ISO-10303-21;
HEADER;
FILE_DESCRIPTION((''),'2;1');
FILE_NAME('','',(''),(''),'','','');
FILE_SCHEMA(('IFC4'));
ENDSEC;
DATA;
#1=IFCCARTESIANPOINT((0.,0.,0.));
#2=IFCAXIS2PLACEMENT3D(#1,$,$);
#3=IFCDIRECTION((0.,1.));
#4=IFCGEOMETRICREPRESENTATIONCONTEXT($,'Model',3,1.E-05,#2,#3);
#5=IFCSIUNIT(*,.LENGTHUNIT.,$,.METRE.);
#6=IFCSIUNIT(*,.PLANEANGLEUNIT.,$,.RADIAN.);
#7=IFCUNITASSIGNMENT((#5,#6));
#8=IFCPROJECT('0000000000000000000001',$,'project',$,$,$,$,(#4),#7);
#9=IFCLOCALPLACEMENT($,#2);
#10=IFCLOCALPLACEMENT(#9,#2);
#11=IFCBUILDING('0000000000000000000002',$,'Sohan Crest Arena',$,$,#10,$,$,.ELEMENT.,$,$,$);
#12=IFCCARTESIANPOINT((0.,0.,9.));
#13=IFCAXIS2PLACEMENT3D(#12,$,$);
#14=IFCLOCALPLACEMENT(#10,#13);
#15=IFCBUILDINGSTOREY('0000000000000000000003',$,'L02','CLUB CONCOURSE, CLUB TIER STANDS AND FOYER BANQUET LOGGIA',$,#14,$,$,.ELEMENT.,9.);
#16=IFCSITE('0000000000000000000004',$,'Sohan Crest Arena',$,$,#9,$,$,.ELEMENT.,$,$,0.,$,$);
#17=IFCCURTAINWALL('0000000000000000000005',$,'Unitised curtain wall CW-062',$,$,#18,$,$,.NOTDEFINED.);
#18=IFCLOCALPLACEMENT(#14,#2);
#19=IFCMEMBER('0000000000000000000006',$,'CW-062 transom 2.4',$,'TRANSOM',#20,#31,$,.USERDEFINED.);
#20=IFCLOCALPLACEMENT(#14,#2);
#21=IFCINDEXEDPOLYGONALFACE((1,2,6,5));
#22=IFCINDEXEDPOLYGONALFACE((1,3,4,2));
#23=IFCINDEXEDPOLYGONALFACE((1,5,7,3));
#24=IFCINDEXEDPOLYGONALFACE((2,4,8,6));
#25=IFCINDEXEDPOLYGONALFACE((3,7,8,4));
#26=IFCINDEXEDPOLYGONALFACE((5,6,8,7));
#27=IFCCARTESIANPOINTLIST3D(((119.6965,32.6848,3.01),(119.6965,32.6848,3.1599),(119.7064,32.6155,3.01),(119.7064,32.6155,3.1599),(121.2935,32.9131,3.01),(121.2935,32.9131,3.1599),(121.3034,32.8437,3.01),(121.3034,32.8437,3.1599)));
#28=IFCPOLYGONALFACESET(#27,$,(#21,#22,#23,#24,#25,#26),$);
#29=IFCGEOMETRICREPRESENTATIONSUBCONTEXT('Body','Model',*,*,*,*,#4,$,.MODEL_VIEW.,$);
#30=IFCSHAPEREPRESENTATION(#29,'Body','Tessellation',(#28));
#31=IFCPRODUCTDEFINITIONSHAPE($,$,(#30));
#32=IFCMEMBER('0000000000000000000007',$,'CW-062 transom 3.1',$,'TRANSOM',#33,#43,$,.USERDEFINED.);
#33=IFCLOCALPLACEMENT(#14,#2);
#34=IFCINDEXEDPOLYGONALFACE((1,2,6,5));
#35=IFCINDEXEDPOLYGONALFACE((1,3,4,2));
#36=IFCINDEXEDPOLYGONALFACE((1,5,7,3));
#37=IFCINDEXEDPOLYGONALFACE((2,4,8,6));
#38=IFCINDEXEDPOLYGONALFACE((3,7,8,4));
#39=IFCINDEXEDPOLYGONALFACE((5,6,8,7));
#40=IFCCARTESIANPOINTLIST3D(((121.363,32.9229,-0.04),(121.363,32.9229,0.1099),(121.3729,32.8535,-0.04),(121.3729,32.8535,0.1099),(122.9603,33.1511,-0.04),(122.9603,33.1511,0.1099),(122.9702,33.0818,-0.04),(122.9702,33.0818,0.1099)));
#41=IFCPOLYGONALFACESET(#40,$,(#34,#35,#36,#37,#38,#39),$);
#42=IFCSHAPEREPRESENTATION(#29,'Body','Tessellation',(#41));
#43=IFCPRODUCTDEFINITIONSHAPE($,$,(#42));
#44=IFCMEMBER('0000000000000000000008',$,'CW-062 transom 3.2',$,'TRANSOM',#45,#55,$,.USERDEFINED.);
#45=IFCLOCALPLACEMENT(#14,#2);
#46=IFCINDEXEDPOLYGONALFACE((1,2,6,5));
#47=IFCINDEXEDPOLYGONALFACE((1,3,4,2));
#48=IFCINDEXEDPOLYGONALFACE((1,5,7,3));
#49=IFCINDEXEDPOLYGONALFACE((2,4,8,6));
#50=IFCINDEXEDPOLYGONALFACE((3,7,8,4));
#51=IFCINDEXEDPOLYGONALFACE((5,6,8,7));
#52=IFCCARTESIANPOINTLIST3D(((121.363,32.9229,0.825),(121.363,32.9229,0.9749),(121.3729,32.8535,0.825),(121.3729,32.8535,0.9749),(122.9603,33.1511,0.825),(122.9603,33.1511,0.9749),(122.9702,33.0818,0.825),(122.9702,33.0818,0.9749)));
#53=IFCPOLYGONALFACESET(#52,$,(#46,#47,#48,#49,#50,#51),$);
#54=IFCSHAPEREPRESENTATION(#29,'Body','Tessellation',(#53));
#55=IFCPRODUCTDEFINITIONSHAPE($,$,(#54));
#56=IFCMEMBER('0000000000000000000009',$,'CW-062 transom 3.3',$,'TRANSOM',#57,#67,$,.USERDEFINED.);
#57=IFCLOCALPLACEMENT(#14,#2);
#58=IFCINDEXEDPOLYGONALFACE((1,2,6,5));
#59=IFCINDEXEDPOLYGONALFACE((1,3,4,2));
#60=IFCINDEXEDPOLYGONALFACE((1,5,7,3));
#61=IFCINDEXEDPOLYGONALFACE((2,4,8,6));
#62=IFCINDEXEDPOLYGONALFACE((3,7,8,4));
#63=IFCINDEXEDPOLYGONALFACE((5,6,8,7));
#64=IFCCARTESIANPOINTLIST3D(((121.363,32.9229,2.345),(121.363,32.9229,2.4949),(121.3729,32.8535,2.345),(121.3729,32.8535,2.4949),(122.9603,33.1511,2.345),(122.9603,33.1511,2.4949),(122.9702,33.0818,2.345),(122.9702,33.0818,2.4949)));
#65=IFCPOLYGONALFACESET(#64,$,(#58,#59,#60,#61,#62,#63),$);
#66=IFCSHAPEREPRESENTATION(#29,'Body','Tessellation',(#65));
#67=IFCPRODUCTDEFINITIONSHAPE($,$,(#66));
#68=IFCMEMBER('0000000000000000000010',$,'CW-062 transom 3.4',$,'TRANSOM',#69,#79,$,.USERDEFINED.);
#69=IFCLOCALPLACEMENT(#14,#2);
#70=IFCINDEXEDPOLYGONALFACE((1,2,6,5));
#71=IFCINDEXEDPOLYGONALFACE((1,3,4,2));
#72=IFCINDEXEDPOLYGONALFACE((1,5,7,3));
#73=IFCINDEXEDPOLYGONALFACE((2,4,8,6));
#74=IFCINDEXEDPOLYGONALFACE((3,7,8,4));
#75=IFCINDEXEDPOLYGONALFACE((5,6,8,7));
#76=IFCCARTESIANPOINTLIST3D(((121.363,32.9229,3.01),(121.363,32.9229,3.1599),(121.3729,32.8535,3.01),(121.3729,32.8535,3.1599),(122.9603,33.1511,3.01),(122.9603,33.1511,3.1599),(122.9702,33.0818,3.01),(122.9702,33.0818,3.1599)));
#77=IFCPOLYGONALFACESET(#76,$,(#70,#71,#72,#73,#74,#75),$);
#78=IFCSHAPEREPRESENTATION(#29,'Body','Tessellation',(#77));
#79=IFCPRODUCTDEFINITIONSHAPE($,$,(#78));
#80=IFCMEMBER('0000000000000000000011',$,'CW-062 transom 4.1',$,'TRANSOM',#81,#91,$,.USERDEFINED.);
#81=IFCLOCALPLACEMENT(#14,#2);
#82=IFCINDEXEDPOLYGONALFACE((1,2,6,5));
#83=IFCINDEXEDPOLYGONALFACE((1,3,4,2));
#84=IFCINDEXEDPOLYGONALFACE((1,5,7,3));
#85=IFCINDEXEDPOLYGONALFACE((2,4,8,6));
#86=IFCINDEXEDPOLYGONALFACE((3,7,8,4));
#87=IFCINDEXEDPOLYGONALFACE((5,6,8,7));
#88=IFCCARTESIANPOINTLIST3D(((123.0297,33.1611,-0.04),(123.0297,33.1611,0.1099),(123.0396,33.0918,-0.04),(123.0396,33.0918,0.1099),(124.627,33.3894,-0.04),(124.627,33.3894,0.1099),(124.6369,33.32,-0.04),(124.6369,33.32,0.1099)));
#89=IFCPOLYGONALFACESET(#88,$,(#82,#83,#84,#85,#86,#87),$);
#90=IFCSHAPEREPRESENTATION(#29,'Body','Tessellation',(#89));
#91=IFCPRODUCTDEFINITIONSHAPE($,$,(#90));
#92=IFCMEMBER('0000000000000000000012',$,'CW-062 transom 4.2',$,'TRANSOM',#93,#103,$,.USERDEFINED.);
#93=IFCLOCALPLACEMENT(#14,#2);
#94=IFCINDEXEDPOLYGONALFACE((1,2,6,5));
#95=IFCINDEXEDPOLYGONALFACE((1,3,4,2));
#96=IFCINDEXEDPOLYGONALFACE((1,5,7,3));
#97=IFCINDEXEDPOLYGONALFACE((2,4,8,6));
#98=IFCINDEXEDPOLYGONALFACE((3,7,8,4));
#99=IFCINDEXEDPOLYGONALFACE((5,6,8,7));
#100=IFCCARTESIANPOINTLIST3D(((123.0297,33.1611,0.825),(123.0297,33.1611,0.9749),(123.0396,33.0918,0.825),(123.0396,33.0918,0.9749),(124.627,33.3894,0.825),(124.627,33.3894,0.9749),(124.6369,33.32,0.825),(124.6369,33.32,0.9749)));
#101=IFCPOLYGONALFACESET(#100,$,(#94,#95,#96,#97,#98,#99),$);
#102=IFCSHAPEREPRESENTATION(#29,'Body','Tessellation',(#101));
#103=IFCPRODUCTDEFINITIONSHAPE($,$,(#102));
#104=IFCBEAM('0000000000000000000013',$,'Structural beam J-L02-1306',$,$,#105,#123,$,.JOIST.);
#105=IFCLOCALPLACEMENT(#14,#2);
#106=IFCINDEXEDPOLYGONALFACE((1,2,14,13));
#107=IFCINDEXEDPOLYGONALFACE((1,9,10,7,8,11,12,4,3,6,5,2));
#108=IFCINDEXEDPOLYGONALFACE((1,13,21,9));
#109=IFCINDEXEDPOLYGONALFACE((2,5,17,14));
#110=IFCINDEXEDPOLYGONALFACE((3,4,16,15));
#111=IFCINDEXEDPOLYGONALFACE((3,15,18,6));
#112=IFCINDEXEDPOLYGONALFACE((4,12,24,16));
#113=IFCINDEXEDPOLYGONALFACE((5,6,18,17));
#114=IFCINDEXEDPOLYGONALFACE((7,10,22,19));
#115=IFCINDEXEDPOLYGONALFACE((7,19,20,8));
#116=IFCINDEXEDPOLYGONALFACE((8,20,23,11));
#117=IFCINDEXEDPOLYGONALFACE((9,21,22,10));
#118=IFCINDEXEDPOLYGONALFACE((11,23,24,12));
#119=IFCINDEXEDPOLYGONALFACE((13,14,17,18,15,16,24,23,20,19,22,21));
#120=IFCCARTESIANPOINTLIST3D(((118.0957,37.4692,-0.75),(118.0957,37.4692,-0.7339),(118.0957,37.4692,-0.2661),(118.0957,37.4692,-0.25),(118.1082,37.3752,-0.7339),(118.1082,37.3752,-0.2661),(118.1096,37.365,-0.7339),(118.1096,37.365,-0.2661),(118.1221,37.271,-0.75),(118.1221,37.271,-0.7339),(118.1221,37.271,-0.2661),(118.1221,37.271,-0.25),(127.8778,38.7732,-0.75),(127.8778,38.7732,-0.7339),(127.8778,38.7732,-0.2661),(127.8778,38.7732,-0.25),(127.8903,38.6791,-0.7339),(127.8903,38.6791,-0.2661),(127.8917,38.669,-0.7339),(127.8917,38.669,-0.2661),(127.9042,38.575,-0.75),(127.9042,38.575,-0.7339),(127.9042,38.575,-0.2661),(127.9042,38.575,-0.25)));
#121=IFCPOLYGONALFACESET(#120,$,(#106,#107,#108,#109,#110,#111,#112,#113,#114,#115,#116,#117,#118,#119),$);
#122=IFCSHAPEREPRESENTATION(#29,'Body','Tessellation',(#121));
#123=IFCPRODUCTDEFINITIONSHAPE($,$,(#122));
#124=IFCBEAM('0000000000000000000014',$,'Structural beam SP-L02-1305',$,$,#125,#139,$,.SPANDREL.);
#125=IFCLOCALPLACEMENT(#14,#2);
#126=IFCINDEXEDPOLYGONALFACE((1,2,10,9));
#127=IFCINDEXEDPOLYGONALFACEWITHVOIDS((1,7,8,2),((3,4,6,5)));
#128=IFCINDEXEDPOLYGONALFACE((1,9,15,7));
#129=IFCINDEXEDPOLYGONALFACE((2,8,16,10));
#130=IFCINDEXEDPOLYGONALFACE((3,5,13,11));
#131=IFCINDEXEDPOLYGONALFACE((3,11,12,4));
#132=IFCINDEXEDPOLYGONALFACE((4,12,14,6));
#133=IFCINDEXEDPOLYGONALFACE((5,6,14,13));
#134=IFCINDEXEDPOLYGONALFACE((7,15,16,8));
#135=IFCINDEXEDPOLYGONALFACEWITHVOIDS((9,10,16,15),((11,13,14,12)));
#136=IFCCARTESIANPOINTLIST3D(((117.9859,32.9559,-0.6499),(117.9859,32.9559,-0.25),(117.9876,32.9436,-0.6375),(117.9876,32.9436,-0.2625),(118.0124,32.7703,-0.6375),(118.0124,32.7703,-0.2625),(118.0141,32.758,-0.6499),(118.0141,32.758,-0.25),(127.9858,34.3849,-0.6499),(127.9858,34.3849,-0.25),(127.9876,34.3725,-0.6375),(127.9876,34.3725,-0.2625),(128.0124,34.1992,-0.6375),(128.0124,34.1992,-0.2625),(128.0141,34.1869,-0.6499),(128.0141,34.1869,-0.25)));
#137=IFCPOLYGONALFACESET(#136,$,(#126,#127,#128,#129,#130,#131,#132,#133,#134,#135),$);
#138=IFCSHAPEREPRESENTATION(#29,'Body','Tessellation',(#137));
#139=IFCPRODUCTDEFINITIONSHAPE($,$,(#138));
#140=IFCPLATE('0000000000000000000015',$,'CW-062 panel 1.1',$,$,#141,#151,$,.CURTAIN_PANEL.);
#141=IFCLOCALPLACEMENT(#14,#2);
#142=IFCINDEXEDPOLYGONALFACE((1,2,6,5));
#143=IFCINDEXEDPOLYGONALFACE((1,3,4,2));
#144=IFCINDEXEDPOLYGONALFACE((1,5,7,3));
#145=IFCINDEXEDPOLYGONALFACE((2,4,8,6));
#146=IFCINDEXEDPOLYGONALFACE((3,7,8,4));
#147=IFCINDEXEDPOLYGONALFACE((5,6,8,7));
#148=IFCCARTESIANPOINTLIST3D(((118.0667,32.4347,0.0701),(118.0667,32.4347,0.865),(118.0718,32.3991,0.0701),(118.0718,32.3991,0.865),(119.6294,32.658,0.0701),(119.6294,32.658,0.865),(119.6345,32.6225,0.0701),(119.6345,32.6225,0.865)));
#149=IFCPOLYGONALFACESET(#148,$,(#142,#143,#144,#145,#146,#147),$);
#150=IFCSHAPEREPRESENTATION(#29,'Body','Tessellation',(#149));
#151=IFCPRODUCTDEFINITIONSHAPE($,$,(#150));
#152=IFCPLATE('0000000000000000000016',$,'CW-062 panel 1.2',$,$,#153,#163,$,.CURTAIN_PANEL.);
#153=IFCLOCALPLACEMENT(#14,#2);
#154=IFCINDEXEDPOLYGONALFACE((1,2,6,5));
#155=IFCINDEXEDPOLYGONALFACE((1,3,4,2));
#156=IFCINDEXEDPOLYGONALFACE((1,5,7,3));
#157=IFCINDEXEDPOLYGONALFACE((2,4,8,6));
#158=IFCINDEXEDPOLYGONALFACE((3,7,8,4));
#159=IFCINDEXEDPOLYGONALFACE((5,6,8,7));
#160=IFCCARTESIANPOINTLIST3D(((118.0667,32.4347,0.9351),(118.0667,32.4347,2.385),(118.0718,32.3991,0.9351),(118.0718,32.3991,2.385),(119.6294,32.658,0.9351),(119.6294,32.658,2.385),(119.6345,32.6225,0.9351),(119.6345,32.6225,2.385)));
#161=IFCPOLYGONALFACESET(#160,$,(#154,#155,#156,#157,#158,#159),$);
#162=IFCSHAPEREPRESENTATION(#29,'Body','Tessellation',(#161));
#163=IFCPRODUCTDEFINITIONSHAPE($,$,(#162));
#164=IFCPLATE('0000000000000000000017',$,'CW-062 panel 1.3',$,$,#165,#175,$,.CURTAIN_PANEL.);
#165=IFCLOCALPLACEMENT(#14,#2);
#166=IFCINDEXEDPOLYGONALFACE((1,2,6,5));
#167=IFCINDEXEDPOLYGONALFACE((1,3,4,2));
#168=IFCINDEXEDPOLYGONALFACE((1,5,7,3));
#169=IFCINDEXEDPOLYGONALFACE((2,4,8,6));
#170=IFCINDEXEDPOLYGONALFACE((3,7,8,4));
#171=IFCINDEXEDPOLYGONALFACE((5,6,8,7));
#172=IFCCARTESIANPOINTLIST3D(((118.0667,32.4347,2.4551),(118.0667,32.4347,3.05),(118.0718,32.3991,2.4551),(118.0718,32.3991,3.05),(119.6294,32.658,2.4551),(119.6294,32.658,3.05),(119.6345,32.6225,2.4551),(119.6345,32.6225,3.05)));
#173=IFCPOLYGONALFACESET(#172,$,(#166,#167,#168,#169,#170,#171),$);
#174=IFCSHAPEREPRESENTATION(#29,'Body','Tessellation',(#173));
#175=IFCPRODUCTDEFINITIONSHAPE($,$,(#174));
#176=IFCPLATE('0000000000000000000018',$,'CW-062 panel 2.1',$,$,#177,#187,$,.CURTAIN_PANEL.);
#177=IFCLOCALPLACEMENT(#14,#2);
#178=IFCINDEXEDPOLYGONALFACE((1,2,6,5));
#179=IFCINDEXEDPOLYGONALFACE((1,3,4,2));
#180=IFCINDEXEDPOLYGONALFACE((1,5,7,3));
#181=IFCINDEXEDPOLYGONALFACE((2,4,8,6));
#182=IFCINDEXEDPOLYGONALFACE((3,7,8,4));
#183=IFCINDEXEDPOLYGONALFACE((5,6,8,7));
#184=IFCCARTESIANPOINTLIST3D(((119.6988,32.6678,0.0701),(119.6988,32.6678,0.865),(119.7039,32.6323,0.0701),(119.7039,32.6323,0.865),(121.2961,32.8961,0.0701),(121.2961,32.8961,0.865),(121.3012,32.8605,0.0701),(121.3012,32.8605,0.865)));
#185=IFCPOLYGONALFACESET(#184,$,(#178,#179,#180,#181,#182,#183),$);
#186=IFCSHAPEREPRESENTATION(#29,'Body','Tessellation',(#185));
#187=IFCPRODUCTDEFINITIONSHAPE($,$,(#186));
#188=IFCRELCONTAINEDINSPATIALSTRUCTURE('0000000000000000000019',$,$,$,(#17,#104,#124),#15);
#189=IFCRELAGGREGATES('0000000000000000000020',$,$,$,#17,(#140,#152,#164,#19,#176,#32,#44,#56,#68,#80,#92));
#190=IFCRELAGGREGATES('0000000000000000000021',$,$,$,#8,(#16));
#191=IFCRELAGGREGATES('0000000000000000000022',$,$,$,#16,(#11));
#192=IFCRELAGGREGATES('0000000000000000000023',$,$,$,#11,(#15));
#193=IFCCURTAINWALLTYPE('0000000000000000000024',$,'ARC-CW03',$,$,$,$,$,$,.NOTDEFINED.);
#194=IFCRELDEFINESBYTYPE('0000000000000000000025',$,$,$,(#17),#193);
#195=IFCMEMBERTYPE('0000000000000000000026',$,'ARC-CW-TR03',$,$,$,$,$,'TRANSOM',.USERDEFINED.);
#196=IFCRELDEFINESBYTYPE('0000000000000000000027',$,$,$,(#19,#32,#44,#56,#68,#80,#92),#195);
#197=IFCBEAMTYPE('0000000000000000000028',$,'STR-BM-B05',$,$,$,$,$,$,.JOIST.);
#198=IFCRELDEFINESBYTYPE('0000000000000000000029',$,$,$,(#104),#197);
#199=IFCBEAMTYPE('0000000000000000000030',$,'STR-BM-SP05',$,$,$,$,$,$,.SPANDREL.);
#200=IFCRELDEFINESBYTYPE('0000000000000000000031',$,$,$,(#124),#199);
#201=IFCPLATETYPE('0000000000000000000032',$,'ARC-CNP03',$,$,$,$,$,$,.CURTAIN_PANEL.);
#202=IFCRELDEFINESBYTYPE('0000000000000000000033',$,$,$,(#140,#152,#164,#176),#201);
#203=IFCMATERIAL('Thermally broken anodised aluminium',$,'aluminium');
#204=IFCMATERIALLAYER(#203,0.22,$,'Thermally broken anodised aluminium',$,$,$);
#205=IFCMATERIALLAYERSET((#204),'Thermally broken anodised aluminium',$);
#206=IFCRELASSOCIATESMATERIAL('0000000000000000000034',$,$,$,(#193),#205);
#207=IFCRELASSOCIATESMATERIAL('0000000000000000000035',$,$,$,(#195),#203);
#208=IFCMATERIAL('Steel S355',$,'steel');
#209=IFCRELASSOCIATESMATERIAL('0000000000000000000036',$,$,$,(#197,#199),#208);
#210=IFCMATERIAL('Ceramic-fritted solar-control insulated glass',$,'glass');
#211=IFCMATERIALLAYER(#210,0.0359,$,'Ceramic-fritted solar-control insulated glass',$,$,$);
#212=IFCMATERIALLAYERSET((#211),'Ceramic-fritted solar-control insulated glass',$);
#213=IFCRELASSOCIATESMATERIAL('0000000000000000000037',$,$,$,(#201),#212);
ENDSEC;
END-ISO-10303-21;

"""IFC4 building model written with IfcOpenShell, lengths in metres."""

from ifc_helpers import new_model, si_unit, direction, frame, origin, origin_2d, place, context, subcontext, project, spatial, rectangle, hollow_rectangle, i_section, extrude, material, layer, layer_set, material_profile, profile_set, type_object, element, aggregate, save


model = new_model("IFC4")

# Units and contexts
model_context = context("Model", 3, precision=1e-05, world=origin(), true_north=direction((0.0, 1.0)))
body_context = subcontext(model_context, "Body", "Model", "MODEL_VIEW")
ifc_project = project(units=[si_unit("LENGTHUNIT", "METRE"), si_unit("PLANEANGLEUNIT", "RADIAN")], contexts=[model_context])

# Site, building, storey
site_placement = place(None, origin())
site = spatial("IfcSite", under=ifc_project, at=site_placement, Name="Sohan Crest Arena", CompositionType="ELEMENT", RefElevation=0.0)
building_placement = place(site_placement, origin())
building = spatial("IfcBuilding", under=site, at=building_placement, Name="Sohan Crest Arena", CompositionType="ELEMENT")
storey_placement = place(building_placement, frame((0.0, 0.0, 9.0)))
storey = spatial("IfcBuildingStorey", under=building, at=storey_placement, Name="L02", Description="CLUB CONCOURSE, CLUB TIER STANDS AND FOYER BANQUET LOGGIA", CompositionType="ELEMENT", Elevation=9.0)

# Shared definitions
ifc_material_1 = material(Name="Steel S355", Category="steel")

# Shared definitions
ifc_material_2 = material(Name="Thermally broken anodised aluminium", Category="aluminium")

# Curtain wall, members
ifc_layer_1 = layer(ifc_material_2, 0.22, Name="Thermally broken anodised aluminium")
ifc_layer_set_1 = layer_set([ifc_layer_1], Name="Thermally broken anodised aluminium")
curtain_wall_type_1 = type_object("IfcCurtainWallType", Name="ARC-CW03", PredefinedType="NOTDEFINED", material=ifc_layer_set_1)
curtain_wall_1_placement = place(storey_placement, origin())
curtain_wall_1 = element("IfcCurtainWall", 1, at=curtain_wall_1_placement, inside=storey, type_object=curtain_wall_type_1, Name="Unitised curtain wall CW-062", PredefinedType="NOTDEFINED")
ifc_material_profile_1 = material_profile(ifc_material_2, rectangle(XDim=0.0701, YDim=0.1499, at=origin_2d()), Name="ALU-TRAN 70x150")
ifc_profile_set_1 = profile_set([ifc_material_profile_1], Name="Thermally broken anodised aluminium")
member_type_1 = type_object("IfcMemberType", Name="ARC-CW-TR03", ElementType="TRANSOM", PredefinedType="USERDEFINED", material=ifc_profile_set_1)
member_1_placement = place(storey_placement, frame((119.7014, 32.6501, 3.085), z_axis=(0.98994, 0.141485, 0.0), x_axis=(-0.141485, 0.98994, 0.0)))
member_1 = element("IfcMember", 2, at=member_1_placement, type_object=member_type_1, Name="CW-062 transom 2.4", ObjectType="TRANSOM", PredefinedType="USERDEFINED", context=body_context, shape_type="SweptSolid", body=[
    extrude(rectangle(XDim=0.0701, YDim=0.1499, at=origin_2d()), origin(), (0.0, 0.0, 1.0), 1.6133),
])
member_2_placement = place(storey_placement, frame((121.3679, 32.8882, 0.0349), z_axis=(0.989943, 0.141464, 0.0), x_axis=(-0.141464, 0.989943, 0.0)))
member_2 = element("IfcMember", 3, at=member_2_placement, type_object=member_type_1, Name="CW-062 transom 3.1", ObjectType="TRANSOM", PredefinedType="USERDEFINED", context=body_context, shape_type="SweptSolid", body=[
    extrude(rectangle(XDim=0.0701, YDim=0.1499, at=origin_2d()), origin(), (0.0, 0.0, 1.0), 1.6135),
])
member_3_placement = place(storey_placement, frame((121.3679, 32.8882, 0.8999), z_axis=(0.989943, 0.141464, 0.0), x_axis=(-0.141464, 0.989943, 0.0)))
member_3 = element("IfcMember", 4, at=member_3_placement, type_object=member_type_1, Name="CW-062 transom 3.2", ObjectType="TRANSOM", PredefinedType="USERDEFINED", context=body_context, shape_type="SweptSolid", body=[
    extrude(rectangle(XDim=0.0701, YDim=0.1499, at=origin_2d()), origin(), (0.0, 0.0, 1.0), 1.6135),
])
member_4_placement = place(storey_placement, frame((121.3679, 32.8882, 2.4199), z_axis=(0.989943, 0.141464, 0.0), x_axis=(-0.141464, 0.989943, 0.0)))
member_4 = element("IfcMember", 5, at=member_4_placement, type_object=member_type_1, Name="CW-062 transom 3.3", ObjectType="TRANSOM", PredefinedType="USERDEFINED", context=body_context, shape_type="SweptSolid", body=[
    extrude(rectangle(XDim=0.0701, YDim=0.1499, at=origin_2d()), origin(), (0.0, 0.0, 1.0), 1.6135),
])
member_5_placement = place(storey_placement, frame((121.3679, 32.8882, 3.085), z_axis=(0.989943, 0.141464, 0.0), x_axis=(-0.141464, 0.989943, 0.0)))
member_5 = element("IfcMember", 6, at=member_5_placement, type_object=member_type_1, Name="CW-062 transom 3.4", ObjectType="TRANSOM", PredefinedType="USERDEFINED", context=body_context, shape_type="SweptSolid", body=[
    extrude(rectangle(XDim=0.0701, YDim=0.1499, at=origin_2d()), origin(), (0.0, 0.0, 1.0), 1.6135),
])
member_6_placement = place(storey_placement, frame((123.0347, 33.1265, 0.0349), z_axis=(0.989943, 0.141464, 0.0), x_axis=(-0.141464, 0.989943, 0.0)))
member_6 = element("IfcMember", 7, at=member_6_placement, type_object=member_type_1, Name="CW-062 transom 4.1", ObjectType="TRANSOM", PredefinedType="USERDEFINED", context=body_context, shape_type="SweptSolid", body=[
    extrude(rectangle(XDim=0.0701, YDim=0.1499, at=origin_2d()), origin(), (0.0, 0.0, 1.0), 1.6135),
])
member_7_placement = place(storey_placement, frame((123.0347, 33.1265, 0.8999), z_axis=(0.989943, 0.141464, 0.0), x_axis=(-0.141464, 0.989943, 0.0)))
member_7 = element("IfcMember", 8, at=member_7_placement, type_object=member_type_1, Name="CW-062 transom 4.2", ObjectType="TRANSOM", PredefinedType="USERDEFINED", context=body_context, shape_type="SweptSolid", body=[
    extrude(rectangle(XDim=0.0701, YDim=0.1499, at=origin_2d()), origin(), (0.0, 0.0, 1.0), 1.6135),
])

# Beams
ifc_material_profile_2 = material_profile(ifc_material_1, i_section(OverallWidth=0.2, OverallDepth=0.5, WebThickness=0.0103, FlangeThickness=0.0161, at=origin_2d()), Name="IPE 500")
ifc_profile_set_2 = profile_set([ifc_material_profile_2], Name="Steel S355")
beam_type_1 = type_object("IfcBeamType", Name="STR-BM-B05", PredefinedType="JOIST", material=ifc_profile_set_2)
beam_1_placement = place(storey_placement, frame((118.1089, 37.3701, -0.5), z_axis=(0.991232, 0.13213, 0.0), x_axis=(-0.13213, 0.991232, 0.0)))
element("IfcBeam", 9, at=beam_1_placement, inside=storey, type_object=beam_type_1, Name="Structural beam J-L02-1306", PredefinedType="JOIST", context=body_context, shape_type="SweptSolid", body=[
    extrude(i_section(OverallWidth=0.2, OverallDepth=0.5, WebThickness=0.0103, FlangeThickness=0.0161, at=origin_2d()), origin(), (0.0, 0.0, 1.0), 9.8687),
])
ifc_material_profile_3 = material_profile(ifc_material_1, hollow_rectangle(XDim=0.2, YDim=0.3999, WallThickness=0.0125, at=origin_2d()), Name="RHS 400x200x12.5")
ifc_profile_set_3 = profile_set([ifc_material_profile_3], Name="Steel S355")
beam_type_2 = type_object("IfcBeamType", Name="STR-BM-SP05", PredefinedType="SPANDREL", material=ifc_profile_set_3)
beam_2_placement = place(storey_placement, frame((118.0, 32.8569, -0.45), z_axis=(0.989944, 0.141459, 0.0), x_axis=(-0.141459, 0.989944, 0.0)))
element("IfcBeam", 10, at=beam_2_placement, inside=storey, type_object=beam_type_2, Name="Structural beam SP-L02-1305", PredefinedType="SPANDREL", context=body_context, shape_type="SweptSolid", body=[
    extrude(hollow_rectangle(XDim=0.2, YDim=0.3999, WallThickness=0.0125, at=origin_2d()), origin(), (0.0, 0.0, 1.0), 10.1016),
])

# Plates
ifc_material_3 = material(Name="Ceramic-fritted solar-control insulated glass", Category="glass")
ifc_layer_2 = layer(ifc_material_3, 0.0359, Name="Ceramic-fritted solar-control insulated glass")
ifc_layer_set_2 = layer_set([ifc_layer_2], Name="Ceramic-fritted solar-control insulated glass")
plate_type = type_object("IfcPlateType", Name="ARC-CNP03", PredefinedType="CURTAIN_PANEL", material=ifc_layer_set_2)
plate_1_placement = place(storey_placement, frame((118.8506, 32.5286, 0.0701), z_axis=(0.0, 0.0, 1.0), x_axis=(0.989944, 0.141463, 0.0)))
plate_1 = element("IfcPlate", 11, at=plate_1_placement, type_object=plate_type, Name="CW-062 panel 1.1", PredefinedType="CURTAIN_PANEL", context=body_context, shape_type="SweptSolid", body=[
    extrude(rectangle(XDim=1.5786, YDim=0.0359, at=origin_2d()), origin(), (0.0, 0.0, 1.0), 0.7949),
])
plate_2_placement = place(storey_placement, frame((118.8506, 32.5286, 0.9351), z_axis=(0.0, 0.0, 1.0), x_axis=(0.989944, 0.141463, 0.0)))
plate_2 = element("IfcPlate", 12, at=plate_2_placement, type_object=plate_type, Name="CW-062 panel 1.2", PredefinedType="CURTAIN_PANEL", context=body_context, shape_type="SweptSolid", body=[
    extrude(rectangle(XDim=1.5786, YDim=0.0359, at=origin_2d()), origin(), (0.0, 0.0, 1.0), 1.45),
])
plate_3_placement = place(storey_placement, frame((118.8506, 32.5286, 2.4551), z_axis=(0.0, 0.0, 1.0), x_axis=(0.989944, 0.141463, 0.0)))
plate_3 = element("IfcPlate", 13, at=plate_3_placement, type_object=plate_type, Name="CW-062 panel 1.3", PredefinedType="CURTAIN_PANEL", context=body_context, shape_type="SweptSolid", body=[
    extrude(rectangle(XDim=1.5786, YDim=0.0359, at=origin_2d()), origin(), (0.0, 0.0, 1.0), 0.595),
])
plate_4_placement = place(storey_placement, frame((120.5, 32.7642, 0.0701), z_axis=(0.0, 0.0, 1.0), x_axis=(0.989944, 0.141463, 0.0)))
plate_4 = element("IfcPlate", 14, at=plate_4_placement, type_object=plate_type, Name="CW-062 panel 2.1", PredefinedType="CURTAIN_PANEL", context=body_context, shape_type="SweptSolid", body=[
    extrude(rectangle(XDim=1.6135, YDim=0.0359, at=origin_2d()), origin(), (0.0, 0.0, 1.0), 0.7949),
])
aggregate(curtain_wall_1, [plate_1, plate_2, plate_3, member_1, plate_4, member_2, member_3, member_4, member_5, member_6, member_7])

save(model, "model.ifc")
